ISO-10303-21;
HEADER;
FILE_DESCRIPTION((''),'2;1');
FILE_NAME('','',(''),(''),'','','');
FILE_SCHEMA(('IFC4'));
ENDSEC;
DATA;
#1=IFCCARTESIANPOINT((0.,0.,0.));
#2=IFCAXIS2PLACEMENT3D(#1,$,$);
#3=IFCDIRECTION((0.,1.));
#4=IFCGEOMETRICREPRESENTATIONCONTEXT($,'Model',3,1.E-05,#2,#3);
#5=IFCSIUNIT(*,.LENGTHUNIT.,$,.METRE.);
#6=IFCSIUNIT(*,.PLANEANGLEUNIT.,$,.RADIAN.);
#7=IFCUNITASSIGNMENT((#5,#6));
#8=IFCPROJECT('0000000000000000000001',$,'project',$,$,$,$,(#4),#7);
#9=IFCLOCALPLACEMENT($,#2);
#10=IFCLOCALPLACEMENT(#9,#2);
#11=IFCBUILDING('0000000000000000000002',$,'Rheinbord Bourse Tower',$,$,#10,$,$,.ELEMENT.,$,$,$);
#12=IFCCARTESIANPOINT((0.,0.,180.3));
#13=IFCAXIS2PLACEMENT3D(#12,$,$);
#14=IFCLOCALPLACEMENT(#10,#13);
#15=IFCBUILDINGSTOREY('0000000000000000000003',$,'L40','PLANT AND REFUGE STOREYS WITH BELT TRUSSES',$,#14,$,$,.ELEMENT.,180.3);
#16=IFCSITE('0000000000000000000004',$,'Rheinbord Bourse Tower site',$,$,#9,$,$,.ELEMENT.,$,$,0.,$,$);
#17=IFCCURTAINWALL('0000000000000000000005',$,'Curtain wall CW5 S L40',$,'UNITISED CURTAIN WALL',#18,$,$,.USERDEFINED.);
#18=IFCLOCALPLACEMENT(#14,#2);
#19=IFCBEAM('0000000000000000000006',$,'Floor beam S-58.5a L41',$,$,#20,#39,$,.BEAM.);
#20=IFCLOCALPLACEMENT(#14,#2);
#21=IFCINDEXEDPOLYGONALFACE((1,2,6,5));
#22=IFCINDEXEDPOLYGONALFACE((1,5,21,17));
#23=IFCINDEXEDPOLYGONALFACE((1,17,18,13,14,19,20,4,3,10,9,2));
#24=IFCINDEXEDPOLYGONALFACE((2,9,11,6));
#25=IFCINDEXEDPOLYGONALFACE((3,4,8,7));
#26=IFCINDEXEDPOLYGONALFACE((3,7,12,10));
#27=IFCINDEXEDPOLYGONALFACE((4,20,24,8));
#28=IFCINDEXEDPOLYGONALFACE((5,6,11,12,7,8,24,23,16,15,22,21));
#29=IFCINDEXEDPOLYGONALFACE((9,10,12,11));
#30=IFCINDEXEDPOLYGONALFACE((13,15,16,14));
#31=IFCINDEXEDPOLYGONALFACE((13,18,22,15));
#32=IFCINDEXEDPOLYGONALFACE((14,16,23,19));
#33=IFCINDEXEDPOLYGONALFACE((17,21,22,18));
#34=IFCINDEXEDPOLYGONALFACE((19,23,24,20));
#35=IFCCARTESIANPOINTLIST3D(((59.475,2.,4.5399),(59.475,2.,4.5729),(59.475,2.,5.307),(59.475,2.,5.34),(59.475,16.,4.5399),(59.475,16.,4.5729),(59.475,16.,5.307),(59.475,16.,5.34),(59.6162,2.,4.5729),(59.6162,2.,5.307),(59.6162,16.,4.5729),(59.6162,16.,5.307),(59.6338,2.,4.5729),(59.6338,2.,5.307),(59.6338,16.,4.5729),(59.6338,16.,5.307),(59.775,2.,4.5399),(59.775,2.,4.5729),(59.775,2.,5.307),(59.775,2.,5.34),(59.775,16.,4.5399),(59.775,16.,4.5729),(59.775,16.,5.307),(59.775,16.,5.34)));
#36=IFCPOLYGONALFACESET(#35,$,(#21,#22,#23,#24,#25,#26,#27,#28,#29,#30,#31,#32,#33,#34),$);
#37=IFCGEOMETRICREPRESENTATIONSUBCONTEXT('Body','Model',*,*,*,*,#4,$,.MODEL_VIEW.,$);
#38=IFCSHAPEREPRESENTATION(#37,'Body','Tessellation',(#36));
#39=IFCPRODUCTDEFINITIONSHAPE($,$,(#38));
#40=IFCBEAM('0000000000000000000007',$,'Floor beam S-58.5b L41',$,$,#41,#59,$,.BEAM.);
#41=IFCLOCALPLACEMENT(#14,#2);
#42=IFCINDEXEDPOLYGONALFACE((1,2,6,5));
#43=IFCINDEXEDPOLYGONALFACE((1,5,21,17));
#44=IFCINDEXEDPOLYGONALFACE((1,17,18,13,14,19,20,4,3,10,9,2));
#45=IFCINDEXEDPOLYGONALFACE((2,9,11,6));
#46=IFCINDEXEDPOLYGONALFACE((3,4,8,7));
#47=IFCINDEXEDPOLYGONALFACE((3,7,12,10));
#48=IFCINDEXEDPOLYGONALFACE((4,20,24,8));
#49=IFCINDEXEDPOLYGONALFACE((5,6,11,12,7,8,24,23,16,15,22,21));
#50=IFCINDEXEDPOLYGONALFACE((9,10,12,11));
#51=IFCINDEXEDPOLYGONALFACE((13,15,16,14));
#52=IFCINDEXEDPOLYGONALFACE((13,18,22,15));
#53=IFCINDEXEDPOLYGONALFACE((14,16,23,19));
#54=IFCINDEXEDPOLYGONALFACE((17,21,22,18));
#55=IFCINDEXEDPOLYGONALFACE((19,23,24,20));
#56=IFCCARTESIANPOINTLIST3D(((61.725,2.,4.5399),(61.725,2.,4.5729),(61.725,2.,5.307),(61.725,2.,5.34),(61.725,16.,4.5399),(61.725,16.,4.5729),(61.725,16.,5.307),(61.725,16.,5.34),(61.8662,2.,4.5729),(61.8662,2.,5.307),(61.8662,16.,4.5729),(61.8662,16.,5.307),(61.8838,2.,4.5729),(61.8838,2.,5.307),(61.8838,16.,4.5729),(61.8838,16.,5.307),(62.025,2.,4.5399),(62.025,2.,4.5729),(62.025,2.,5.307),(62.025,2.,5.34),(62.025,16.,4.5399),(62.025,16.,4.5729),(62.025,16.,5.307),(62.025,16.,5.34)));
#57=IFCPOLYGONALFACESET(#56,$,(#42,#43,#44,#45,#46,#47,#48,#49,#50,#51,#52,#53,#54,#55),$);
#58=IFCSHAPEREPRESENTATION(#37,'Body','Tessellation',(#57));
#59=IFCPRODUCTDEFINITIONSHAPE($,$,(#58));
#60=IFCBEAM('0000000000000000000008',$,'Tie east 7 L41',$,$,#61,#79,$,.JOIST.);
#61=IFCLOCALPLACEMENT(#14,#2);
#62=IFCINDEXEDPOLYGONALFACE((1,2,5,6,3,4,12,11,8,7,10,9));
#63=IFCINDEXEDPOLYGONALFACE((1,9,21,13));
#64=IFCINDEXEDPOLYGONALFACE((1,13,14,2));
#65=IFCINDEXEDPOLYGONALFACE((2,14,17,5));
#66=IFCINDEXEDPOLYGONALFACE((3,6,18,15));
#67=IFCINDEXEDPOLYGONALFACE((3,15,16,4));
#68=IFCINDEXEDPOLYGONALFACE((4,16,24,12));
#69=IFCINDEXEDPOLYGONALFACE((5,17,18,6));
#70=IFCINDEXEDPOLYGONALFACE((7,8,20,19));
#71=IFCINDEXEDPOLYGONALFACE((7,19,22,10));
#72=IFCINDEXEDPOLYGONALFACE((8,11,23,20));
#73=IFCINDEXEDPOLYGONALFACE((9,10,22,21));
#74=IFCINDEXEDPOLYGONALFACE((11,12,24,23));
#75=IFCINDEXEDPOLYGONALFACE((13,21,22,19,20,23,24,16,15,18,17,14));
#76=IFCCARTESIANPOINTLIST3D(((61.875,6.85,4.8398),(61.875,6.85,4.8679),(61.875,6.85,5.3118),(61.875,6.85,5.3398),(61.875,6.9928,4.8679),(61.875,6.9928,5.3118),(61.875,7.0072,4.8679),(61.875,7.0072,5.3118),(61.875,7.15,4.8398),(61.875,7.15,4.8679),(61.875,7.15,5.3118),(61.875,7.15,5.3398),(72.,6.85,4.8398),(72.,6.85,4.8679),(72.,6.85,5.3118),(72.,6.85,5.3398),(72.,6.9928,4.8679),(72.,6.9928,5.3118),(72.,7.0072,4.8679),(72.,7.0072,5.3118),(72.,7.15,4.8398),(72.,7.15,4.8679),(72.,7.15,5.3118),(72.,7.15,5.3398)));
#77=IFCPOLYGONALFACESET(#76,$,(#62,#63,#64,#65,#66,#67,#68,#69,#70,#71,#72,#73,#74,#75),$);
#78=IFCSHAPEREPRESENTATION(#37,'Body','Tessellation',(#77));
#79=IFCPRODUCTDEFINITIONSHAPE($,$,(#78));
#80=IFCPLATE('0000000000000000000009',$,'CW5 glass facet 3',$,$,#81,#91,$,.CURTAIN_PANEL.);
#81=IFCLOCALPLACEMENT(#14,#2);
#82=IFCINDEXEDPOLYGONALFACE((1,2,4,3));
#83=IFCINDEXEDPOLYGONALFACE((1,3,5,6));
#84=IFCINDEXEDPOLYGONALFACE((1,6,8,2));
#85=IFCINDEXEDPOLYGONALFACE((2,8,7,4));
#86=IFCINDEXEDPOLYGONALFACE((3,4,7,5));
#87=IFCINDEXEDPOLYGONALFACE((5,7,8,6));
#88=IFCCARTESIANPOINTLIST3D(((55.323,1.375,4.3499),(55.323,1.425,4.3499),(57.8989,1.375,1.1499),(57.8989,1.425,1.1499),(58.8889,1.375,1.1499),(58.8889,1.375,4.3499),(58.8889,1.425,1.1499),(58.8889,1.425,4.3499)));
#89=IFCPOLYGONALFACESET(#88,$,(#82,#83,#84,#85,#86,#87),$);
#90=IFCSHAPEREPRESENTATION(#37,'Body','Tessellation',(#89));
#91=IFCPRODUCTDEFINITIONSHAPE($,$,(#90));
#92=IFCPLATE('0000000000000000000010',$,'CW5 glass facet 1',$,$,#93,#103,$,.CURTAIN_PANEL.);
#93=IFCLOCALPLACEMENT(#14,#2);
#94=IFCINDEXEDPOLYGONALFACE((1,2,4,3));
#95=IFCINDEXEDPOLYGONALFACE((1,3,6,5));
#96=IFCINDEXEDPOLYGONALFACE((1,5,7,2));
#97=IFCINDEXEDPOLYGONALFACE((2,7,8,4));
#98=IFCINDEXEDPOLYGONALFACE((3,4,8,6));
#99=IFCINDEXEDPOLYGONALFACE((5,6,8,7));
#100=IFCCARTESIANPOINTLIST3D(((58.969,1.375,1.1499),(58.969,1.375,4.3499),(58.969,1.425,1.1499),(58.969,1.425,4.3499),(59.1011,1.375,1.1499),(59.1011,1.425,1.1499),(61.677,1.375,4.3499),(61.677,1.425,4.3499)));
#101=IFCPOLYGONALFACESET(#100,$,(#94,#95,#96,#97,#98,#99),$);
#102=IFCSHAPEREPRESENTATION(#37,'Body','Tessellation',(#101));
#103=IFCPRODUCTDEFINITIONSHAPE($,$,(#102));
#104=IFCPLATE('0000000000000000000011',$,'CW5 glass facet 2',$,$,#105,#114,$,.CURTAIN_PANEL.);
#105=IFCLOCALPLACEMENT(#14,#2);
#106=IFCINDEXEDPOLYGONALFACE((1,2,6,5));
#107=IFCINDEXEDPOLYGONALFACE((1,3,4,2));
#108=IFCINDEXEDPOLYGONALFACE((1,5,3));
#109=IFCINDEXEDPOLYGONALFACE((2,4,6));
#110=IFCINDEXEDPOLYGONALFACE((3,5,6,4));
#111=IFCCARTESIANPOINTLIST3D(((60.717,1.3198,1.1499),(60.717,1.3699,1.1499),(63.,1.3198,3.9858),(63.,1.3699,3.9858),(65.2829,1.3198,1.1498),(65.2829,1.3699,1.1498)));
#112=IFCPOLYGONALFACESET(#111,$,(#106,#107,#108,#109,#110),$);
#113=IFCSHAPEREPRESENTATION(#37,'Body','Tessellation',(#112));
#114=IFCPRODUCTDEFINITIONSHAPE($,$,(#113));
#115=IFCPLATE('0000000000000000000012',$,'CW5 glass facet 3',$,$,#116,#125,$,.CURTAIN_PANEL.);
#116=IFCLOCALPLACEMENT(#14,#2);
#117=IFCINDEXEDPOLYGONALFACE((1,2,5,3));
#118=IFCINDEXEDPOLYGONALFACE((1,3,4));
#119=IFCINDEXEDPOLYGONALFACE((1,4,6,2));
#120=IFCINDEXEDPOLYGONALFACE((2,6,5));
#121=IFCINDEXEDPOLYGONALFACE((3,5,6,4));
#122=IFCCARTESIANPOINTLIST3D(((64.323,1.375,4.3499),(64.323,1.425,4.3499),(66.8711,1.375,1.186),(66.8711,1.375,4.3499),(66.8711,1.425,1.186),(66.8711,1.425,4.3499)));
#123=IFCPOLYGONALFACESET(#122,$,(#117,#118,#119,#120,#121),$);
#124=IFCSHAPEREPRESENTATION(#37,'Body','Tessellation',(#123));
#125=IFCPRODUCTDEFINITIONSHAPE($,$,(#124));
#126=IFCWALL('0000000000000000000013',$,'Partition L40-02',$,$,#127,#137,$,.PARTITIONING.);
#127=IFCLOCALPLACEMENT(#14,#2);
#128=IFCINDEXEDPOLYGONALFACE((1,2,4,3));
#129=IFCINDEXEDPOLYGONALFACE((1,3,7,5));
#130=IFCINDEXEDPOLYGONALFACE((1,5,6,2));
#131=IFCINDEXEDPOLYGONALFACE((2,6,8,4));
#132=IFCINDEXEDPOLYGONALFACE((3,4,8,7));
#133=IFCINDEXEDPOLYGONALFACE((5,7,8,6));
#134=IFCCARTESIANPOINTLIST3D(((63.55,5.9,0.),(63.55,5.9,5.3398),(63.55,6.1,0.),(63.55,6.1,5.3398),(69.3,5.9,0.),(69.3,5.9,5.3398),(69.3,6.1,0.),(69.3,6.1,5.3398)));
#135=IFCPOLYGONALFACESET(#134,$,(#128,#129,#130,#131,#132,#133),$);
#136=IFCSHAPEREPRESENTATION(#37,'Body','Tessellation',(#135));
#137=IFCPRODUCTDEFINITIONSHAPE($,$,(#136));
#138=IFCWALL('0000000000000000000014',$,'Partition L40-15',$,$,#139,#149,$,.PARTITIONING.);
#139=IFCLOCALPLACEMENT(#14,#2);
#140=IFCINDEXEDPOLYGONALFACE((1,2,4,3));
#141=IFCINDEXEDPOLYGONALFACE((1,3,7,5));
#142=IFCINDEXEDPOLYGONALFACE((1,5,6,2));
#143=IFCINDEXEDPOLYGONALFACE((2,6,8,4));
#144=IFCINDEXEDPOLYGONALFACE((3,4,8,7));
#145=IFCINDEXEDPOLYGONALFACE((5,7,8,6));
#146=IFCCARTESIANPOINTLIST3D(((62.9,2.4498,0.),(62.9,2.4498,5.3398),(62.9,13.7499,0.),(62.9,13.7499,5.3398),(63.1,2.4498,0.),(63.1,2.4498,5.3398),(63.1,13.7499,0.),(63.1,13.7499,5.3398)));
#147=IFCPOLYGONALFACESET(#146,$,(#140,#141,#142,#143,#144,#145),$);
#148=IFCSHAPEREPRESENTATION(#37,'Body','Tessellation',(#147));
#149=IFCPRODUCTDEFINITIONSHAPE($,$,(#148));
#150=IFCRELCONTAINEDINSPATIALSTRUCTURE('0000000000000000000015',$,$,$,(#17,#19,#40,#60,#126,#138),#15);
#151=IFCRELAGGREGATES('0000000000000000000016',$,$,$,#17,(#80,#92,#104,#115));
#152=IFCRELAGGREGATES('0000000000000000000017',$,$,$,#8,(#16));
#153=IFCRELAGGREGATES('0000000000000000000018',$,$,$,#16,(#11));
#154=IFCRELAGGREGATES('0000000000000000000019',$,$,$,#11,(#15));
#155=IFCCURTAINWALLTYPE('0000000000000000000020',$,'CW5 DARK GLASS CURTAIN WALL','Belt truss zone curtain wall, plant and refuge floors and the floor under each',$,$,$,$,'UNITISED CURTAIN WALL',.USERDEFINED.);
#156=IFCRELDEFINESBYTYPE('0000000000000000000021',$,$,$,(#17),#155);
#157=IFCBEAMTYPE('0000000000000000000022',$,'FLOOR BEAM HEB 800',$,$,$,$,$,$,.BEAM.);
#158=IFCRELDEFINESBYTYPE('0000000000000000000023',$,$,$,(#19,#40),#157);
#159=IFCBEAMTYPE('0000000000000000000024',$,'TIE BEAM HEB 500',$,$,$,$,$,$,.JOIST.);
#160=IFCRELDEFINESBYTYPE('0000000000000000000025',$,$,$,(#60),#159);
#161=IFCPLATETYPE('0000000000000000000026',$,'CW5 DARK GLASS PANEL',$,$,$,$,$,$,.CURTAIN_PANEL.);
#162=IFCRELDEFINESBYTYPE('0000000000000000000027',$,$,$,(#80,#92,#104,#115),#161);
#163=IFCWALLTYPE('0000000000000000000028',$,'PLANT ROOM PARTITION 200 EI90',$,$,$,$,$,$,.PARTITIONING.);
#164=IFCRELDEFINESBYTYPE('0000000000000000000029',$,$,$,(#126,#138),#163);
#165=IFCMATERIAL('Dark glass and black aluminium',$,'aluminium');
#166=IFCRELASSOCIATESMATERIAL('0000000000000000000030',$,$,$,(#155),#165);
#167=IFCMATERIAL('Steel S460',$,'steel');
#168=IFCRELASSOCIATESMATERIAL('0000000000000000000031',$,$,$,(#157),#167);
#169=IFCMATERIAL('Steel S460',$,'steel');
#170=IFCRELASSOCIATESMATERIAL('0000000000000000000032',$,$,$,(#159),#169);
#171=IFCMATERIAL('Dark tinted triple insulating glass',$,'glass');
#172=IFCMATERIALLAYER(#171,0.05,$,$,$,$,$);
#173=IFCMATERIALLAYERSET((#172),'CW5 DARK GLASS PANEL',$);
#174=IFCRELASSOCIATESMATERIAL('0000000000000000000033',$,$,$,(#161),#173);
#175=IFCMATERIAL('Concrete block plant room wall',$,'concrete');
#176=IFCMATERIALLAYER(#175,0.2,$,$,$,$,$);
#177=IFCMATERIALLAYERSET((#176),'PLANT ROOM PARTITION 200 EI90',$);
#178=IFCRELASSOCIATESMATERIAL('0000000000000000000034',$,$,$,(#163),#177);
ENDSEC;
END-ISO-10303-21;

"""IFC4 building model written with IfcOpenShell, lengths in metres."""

from ifc_helpers import new_model, si_unit, direction, frame, frame_2d, origin, origin_2d, place, context, subcontext, project, spatial, polyline, rectangle, i_section, outline, extrude, material, layer, layer_set, material_profile, profile_set, type_object, element, aggregate, save


model = new_model("IFC4")

# Units and contexts
model_context = context("Model", 3, precision=1e-05, world=origin(), true_north=direction((0.0, 1.0)))
body_context = subcontext(model_context, "Body", "Model", "MODEL_VIEW")
ifc_project = project(units=[si_unit("LENGTHUNIT", "METRE"), si_unit("PLANEANGLEUNIT", "RADIAN")], contexts=[model_context])

# Site, building, storey
site_placement = place(None, origin())
site = spatial("IfcSite", under=ifc_project, at=site_placement, Name="Rheinbord Bourse Tower site", CompositionType="ELEMENT", RefElevation=0.0)
building_placement = place(site_placement, origin())
building = spatial("IfcBuilding", under=site, at=building_placement, Name="Rheinbord Bourse Tower", CompositionType="ELEMENT")
storey_placement = place(building_placement, frame((0.0, 0.0, 180.3)))
storey = spatial("IfcBuildingStorey", under=building, at=storey_placement, Name="L40", Description="PLANT AND REFUGE STOREYS WITH BELT TRUSSES", CompositionType="ELEMENT", Elevation=180.3)

# Curtain wall
ifc_material_1 = material(Name="Dark glass and black aluminium", Category="aluminium")
curtain_wall_type = type_object("IfcCurtainWallType", Name="CW5 DARK GLASS CURTAIN WALL", Description="Belt truss zone curtain wall, plant and refuge floors and the floor under each", ElementType="UNITISED CURTAIN WALL", PredefinedType="USERDEFINED", material=ifc_material_1)
curtain_wall_placement = place(storey_placement, origin())
curtain_wall = element("IfcCurtainWall", 1, at=curtain_wall_placement, inside=storey, type_object=curtain_wall_type, Name="Curtain wall CW5 S L40", ObjectType="UNITISED CURTAIN WALL", PredefinedType="USERDEFINED")

# Beams
ifc_material_2 = material(Name="Steel S460", Category="steel")
ifc_material_profile_1 = material_profile(ifc_material_2, i_section(OverallWidth=0.3, OverallDepth=0.8, WebThickness=0.0176, FlangeThickness=0.033, at=origin_2d()), Name="HEB 800")
ifc_profile_set_1 = profile_set([ifc_material_profile_1], Name="Steel S460")
beam_type_1 = type_object("IfcBeamType", Name="FLOOR BEAM HEB 800", PredefinedType="BEAM", material=ifc_profile_set_1)
for number, where, z_axis, x_axis, name in (
    (2, (59.625, 2.0, 4.9399), (0.0, 1.0, 0.0), (-1.0, 0.0, 0.0), "Floor beam S-58.5a L41"),
    (3, (61.875, 2.0, 4.9399), (0.0, 1.0, 0.0), (-1.0, 0.0, 0.0), "Floor beam S-58.5b L41"),
):
    element("IfcBeam", number, at=place(storey_placement, frame(where, z_axis=z_axis, x_axis=x_axis)), inside=storey, type_object=beam_type_1, Name=name, PredefinedType="BEAM", context=body_context, shape_type="SweptSolid", body=[
        extrude(i_section(OverallWidth=0.3, OverallDepth=0.8, WebThickness=0.0176, FlangeThickness=0.033, at=origin_2d()), origin(), (0.0, 0.0, 1.0), 14.0),
    ])
ifc_material_3 = material(Name="Steel S460", Category="steel")
ifc_material_profile_2 = material_profile(ifc_material_3, i_section(OverallWidth=0.3, OverallDepth=0.5, WebThickness=0.0144, FlangeThickness=0.0281, at=origin_2d()), Name="HEB 500")
ifc_profile_set_2 = profile_set([ifc_material_profile_2], Name="Steel S460")
beam_type_2 = type_object("IfcBeamType", Name="TIE BEAM HEB 500", PredefinedType="JOIST", material=ifc_profile_set_2)
beam_1_placement = place(storey_placement, frame((61.875, 7.0, 5.0898), z_axis=(1.0, 0.0, 0.0), x_axis=(0.0, 1.0, 0.0)))
element("IfcBeam", 4, at=beam_1_placement, inside=storey, type_object=beam_type_2, Name="Tie east 7 L41", PredefinedType="JOIST", context=body_context, shape_type="SweptSolid", body=[
    extrude(i_section(OverallWidth=0.3, OverallDepth=0.5, WebThickness=0.0144, FlangeThickness=0.0281, at=origin_2d()), origin(), (0.0, 0.0, 1.0), 10.125),
])

# Plates
ifc_material_4 = material(Name="Dark tinted triple insulating glass", Category="glass")
ifc_layer_1 = layer(ifc_material_4, 0.05)
ifc_layer_set_1 = layer_set([ifc_layer_1], Name="CW5 DARK GLASS PANEL")
plate_type = type_object("IfcPlateType", Name="CW5 DARK GLASS PANEL", PredefinedType="CURTAIN_PANEL", material=ifc_layer_set_1)
plate_1_placement = place(storey_placement, frame((58.8889, 1.375, 4.3499), z_axis=(0.0, 1.0, 0.0), x_axis=(0.0, 0.0, -1.0)))
plate_1 = element("IfcPlate", 5, at=plate_1_placement, type_object=plate_type, Name="CW5 glass facet 3", PredefinedType="CURTAIN_PANEL", context=body_context, shape_type="SweptSolid", body=[
    extrude(outline(polyline([(0.0, 0.0), (3.2, 0.0), (3.2, 0.99), (0.0, 3.5659), (0.0, 0.0)])), origin(), (0.0, 0.0, 1.0), 0.05),
])
plate_2_placement = place(storey_placement, frame((58.969, 1.375, 1.1499), z_axis=(0.0, 1.0, 0.0), x_axis=(0.0, 0.0, 1.0)))
plate_2 = element("IfcPlate", 6, at=plate_2_placement, type_object=plate_type, Name="CW5 glass facet 1", PredefinedType="CURTAIN_PANEL", context=body_context, shape_type="SweptSolid", body=[
    extrude(outline(polyline([(0.0, 0.0), (3.2, 0.0), (3.2, 2.708), (0.0, 0.1321), (0.0, 0.0)])), origin(), (0.0, 0.0, 1.0), 0.05),
])
plate_3_placement = place(storey_placement, frame((60.717, 1.3198, 1.1499), z_axis=(0.0, 1.0, 0.0), x_axis=(0.627072, 0.0, 0.778961)))
plate_3 = element("IfcPlate", 7, at=plate_3_placement, type_object=plate_type, Name="CW5 glass facet 2", PredefinedType="CURTAIN_PANEL", context=body_context, shape_type="SweptSolid", body=[
    extrude(outline(polyline([(0.0, 0.0), (3.6406, 0.0), (2.863, 3.5566), (0.0, 0.0)])), origin(), (0.0, 0.0, 1.0), 0.05),
])
plate_4_placement = place(storey_placement, frame((66.8711, 1.375, 4.3499), z_axis=(0.0, 1.0, 0.0), x_axis=(0.0, 0.0, -1.0)))
plate_4 = element("IfcPlate", 8, at=plate_4_placement, type_object=plate_type, Name="CW5 glass facet 3", PredefinedType="CURTAIN_PANEL", context=body_context, shape_type="SweptSolid", body=[
    extrude(outline(polyline([(0.0, 0.0), (3.1638, 0.0), (0.0, 2.5481), (0.0, 0.0)])), origin(), (0.0, 0.0, 1.0), 0.05),
])
aggregate(curtain_wall, [plate_1, plate_2, plate_3, plate_4])

# Walls
ifc_material_5 = material(Name="Concrete block plant room wall", Category="concrete")
ifc_layer_2 = layer(ifc_material_5, 0.2)
ifc_layer_set_2 = layer_set([ifc_layer_2], Name="PLANT ROOM PARTITION 200 EI90")
wall_type = type_object("IfcWallType", Name="PLANT ROOM PARTITION 200 EI90", PredefinedType="PARTITIONING", material=ifc_layer_set_2)
wall_1_placement = place(storey_placement, frame((63.55, 6.0, 0.0), z_axis=(0.0, 0.0, 1.0), x_axis=(1.0, 0.0, 0.0)))
element("IfcWall", 9, at=wall_1_placement, inside=storey, type_object=wall_type, Name="Partition L40-02", PredefinedType="PARTITIONING", context=body_context, shape_type="SweptSolid", body=[
    extrude(rectangle(XDim=5.75, YDim=0.2, at=frame_2d((2.875, 0.0))), origin(), (0.0, 0.0, 1.0), 5.3398),
])
wall_2_placement = place(storey_placement, frame((63.0, 2.45, 0.0), z_axis=(0.0, 0.0, 1.0), x_axis=(0.0, 1.0, 0.0)))
element("IfcWall", 10, at=wall_2_placement, inside=storey, type_object=wall_type, Name="Partition L40-15", PredefinedType="PARTITIONING", context=body_context, shape_type="SweptSolid", body=[
    extrude(rectangle(XDim=11.3, YDim=0.2, at=frame_2d((5.6499, 0.0))), origin(), (0.0, 0.0, 1.0), 5.3398),
])

save(model, "model.ifc")
